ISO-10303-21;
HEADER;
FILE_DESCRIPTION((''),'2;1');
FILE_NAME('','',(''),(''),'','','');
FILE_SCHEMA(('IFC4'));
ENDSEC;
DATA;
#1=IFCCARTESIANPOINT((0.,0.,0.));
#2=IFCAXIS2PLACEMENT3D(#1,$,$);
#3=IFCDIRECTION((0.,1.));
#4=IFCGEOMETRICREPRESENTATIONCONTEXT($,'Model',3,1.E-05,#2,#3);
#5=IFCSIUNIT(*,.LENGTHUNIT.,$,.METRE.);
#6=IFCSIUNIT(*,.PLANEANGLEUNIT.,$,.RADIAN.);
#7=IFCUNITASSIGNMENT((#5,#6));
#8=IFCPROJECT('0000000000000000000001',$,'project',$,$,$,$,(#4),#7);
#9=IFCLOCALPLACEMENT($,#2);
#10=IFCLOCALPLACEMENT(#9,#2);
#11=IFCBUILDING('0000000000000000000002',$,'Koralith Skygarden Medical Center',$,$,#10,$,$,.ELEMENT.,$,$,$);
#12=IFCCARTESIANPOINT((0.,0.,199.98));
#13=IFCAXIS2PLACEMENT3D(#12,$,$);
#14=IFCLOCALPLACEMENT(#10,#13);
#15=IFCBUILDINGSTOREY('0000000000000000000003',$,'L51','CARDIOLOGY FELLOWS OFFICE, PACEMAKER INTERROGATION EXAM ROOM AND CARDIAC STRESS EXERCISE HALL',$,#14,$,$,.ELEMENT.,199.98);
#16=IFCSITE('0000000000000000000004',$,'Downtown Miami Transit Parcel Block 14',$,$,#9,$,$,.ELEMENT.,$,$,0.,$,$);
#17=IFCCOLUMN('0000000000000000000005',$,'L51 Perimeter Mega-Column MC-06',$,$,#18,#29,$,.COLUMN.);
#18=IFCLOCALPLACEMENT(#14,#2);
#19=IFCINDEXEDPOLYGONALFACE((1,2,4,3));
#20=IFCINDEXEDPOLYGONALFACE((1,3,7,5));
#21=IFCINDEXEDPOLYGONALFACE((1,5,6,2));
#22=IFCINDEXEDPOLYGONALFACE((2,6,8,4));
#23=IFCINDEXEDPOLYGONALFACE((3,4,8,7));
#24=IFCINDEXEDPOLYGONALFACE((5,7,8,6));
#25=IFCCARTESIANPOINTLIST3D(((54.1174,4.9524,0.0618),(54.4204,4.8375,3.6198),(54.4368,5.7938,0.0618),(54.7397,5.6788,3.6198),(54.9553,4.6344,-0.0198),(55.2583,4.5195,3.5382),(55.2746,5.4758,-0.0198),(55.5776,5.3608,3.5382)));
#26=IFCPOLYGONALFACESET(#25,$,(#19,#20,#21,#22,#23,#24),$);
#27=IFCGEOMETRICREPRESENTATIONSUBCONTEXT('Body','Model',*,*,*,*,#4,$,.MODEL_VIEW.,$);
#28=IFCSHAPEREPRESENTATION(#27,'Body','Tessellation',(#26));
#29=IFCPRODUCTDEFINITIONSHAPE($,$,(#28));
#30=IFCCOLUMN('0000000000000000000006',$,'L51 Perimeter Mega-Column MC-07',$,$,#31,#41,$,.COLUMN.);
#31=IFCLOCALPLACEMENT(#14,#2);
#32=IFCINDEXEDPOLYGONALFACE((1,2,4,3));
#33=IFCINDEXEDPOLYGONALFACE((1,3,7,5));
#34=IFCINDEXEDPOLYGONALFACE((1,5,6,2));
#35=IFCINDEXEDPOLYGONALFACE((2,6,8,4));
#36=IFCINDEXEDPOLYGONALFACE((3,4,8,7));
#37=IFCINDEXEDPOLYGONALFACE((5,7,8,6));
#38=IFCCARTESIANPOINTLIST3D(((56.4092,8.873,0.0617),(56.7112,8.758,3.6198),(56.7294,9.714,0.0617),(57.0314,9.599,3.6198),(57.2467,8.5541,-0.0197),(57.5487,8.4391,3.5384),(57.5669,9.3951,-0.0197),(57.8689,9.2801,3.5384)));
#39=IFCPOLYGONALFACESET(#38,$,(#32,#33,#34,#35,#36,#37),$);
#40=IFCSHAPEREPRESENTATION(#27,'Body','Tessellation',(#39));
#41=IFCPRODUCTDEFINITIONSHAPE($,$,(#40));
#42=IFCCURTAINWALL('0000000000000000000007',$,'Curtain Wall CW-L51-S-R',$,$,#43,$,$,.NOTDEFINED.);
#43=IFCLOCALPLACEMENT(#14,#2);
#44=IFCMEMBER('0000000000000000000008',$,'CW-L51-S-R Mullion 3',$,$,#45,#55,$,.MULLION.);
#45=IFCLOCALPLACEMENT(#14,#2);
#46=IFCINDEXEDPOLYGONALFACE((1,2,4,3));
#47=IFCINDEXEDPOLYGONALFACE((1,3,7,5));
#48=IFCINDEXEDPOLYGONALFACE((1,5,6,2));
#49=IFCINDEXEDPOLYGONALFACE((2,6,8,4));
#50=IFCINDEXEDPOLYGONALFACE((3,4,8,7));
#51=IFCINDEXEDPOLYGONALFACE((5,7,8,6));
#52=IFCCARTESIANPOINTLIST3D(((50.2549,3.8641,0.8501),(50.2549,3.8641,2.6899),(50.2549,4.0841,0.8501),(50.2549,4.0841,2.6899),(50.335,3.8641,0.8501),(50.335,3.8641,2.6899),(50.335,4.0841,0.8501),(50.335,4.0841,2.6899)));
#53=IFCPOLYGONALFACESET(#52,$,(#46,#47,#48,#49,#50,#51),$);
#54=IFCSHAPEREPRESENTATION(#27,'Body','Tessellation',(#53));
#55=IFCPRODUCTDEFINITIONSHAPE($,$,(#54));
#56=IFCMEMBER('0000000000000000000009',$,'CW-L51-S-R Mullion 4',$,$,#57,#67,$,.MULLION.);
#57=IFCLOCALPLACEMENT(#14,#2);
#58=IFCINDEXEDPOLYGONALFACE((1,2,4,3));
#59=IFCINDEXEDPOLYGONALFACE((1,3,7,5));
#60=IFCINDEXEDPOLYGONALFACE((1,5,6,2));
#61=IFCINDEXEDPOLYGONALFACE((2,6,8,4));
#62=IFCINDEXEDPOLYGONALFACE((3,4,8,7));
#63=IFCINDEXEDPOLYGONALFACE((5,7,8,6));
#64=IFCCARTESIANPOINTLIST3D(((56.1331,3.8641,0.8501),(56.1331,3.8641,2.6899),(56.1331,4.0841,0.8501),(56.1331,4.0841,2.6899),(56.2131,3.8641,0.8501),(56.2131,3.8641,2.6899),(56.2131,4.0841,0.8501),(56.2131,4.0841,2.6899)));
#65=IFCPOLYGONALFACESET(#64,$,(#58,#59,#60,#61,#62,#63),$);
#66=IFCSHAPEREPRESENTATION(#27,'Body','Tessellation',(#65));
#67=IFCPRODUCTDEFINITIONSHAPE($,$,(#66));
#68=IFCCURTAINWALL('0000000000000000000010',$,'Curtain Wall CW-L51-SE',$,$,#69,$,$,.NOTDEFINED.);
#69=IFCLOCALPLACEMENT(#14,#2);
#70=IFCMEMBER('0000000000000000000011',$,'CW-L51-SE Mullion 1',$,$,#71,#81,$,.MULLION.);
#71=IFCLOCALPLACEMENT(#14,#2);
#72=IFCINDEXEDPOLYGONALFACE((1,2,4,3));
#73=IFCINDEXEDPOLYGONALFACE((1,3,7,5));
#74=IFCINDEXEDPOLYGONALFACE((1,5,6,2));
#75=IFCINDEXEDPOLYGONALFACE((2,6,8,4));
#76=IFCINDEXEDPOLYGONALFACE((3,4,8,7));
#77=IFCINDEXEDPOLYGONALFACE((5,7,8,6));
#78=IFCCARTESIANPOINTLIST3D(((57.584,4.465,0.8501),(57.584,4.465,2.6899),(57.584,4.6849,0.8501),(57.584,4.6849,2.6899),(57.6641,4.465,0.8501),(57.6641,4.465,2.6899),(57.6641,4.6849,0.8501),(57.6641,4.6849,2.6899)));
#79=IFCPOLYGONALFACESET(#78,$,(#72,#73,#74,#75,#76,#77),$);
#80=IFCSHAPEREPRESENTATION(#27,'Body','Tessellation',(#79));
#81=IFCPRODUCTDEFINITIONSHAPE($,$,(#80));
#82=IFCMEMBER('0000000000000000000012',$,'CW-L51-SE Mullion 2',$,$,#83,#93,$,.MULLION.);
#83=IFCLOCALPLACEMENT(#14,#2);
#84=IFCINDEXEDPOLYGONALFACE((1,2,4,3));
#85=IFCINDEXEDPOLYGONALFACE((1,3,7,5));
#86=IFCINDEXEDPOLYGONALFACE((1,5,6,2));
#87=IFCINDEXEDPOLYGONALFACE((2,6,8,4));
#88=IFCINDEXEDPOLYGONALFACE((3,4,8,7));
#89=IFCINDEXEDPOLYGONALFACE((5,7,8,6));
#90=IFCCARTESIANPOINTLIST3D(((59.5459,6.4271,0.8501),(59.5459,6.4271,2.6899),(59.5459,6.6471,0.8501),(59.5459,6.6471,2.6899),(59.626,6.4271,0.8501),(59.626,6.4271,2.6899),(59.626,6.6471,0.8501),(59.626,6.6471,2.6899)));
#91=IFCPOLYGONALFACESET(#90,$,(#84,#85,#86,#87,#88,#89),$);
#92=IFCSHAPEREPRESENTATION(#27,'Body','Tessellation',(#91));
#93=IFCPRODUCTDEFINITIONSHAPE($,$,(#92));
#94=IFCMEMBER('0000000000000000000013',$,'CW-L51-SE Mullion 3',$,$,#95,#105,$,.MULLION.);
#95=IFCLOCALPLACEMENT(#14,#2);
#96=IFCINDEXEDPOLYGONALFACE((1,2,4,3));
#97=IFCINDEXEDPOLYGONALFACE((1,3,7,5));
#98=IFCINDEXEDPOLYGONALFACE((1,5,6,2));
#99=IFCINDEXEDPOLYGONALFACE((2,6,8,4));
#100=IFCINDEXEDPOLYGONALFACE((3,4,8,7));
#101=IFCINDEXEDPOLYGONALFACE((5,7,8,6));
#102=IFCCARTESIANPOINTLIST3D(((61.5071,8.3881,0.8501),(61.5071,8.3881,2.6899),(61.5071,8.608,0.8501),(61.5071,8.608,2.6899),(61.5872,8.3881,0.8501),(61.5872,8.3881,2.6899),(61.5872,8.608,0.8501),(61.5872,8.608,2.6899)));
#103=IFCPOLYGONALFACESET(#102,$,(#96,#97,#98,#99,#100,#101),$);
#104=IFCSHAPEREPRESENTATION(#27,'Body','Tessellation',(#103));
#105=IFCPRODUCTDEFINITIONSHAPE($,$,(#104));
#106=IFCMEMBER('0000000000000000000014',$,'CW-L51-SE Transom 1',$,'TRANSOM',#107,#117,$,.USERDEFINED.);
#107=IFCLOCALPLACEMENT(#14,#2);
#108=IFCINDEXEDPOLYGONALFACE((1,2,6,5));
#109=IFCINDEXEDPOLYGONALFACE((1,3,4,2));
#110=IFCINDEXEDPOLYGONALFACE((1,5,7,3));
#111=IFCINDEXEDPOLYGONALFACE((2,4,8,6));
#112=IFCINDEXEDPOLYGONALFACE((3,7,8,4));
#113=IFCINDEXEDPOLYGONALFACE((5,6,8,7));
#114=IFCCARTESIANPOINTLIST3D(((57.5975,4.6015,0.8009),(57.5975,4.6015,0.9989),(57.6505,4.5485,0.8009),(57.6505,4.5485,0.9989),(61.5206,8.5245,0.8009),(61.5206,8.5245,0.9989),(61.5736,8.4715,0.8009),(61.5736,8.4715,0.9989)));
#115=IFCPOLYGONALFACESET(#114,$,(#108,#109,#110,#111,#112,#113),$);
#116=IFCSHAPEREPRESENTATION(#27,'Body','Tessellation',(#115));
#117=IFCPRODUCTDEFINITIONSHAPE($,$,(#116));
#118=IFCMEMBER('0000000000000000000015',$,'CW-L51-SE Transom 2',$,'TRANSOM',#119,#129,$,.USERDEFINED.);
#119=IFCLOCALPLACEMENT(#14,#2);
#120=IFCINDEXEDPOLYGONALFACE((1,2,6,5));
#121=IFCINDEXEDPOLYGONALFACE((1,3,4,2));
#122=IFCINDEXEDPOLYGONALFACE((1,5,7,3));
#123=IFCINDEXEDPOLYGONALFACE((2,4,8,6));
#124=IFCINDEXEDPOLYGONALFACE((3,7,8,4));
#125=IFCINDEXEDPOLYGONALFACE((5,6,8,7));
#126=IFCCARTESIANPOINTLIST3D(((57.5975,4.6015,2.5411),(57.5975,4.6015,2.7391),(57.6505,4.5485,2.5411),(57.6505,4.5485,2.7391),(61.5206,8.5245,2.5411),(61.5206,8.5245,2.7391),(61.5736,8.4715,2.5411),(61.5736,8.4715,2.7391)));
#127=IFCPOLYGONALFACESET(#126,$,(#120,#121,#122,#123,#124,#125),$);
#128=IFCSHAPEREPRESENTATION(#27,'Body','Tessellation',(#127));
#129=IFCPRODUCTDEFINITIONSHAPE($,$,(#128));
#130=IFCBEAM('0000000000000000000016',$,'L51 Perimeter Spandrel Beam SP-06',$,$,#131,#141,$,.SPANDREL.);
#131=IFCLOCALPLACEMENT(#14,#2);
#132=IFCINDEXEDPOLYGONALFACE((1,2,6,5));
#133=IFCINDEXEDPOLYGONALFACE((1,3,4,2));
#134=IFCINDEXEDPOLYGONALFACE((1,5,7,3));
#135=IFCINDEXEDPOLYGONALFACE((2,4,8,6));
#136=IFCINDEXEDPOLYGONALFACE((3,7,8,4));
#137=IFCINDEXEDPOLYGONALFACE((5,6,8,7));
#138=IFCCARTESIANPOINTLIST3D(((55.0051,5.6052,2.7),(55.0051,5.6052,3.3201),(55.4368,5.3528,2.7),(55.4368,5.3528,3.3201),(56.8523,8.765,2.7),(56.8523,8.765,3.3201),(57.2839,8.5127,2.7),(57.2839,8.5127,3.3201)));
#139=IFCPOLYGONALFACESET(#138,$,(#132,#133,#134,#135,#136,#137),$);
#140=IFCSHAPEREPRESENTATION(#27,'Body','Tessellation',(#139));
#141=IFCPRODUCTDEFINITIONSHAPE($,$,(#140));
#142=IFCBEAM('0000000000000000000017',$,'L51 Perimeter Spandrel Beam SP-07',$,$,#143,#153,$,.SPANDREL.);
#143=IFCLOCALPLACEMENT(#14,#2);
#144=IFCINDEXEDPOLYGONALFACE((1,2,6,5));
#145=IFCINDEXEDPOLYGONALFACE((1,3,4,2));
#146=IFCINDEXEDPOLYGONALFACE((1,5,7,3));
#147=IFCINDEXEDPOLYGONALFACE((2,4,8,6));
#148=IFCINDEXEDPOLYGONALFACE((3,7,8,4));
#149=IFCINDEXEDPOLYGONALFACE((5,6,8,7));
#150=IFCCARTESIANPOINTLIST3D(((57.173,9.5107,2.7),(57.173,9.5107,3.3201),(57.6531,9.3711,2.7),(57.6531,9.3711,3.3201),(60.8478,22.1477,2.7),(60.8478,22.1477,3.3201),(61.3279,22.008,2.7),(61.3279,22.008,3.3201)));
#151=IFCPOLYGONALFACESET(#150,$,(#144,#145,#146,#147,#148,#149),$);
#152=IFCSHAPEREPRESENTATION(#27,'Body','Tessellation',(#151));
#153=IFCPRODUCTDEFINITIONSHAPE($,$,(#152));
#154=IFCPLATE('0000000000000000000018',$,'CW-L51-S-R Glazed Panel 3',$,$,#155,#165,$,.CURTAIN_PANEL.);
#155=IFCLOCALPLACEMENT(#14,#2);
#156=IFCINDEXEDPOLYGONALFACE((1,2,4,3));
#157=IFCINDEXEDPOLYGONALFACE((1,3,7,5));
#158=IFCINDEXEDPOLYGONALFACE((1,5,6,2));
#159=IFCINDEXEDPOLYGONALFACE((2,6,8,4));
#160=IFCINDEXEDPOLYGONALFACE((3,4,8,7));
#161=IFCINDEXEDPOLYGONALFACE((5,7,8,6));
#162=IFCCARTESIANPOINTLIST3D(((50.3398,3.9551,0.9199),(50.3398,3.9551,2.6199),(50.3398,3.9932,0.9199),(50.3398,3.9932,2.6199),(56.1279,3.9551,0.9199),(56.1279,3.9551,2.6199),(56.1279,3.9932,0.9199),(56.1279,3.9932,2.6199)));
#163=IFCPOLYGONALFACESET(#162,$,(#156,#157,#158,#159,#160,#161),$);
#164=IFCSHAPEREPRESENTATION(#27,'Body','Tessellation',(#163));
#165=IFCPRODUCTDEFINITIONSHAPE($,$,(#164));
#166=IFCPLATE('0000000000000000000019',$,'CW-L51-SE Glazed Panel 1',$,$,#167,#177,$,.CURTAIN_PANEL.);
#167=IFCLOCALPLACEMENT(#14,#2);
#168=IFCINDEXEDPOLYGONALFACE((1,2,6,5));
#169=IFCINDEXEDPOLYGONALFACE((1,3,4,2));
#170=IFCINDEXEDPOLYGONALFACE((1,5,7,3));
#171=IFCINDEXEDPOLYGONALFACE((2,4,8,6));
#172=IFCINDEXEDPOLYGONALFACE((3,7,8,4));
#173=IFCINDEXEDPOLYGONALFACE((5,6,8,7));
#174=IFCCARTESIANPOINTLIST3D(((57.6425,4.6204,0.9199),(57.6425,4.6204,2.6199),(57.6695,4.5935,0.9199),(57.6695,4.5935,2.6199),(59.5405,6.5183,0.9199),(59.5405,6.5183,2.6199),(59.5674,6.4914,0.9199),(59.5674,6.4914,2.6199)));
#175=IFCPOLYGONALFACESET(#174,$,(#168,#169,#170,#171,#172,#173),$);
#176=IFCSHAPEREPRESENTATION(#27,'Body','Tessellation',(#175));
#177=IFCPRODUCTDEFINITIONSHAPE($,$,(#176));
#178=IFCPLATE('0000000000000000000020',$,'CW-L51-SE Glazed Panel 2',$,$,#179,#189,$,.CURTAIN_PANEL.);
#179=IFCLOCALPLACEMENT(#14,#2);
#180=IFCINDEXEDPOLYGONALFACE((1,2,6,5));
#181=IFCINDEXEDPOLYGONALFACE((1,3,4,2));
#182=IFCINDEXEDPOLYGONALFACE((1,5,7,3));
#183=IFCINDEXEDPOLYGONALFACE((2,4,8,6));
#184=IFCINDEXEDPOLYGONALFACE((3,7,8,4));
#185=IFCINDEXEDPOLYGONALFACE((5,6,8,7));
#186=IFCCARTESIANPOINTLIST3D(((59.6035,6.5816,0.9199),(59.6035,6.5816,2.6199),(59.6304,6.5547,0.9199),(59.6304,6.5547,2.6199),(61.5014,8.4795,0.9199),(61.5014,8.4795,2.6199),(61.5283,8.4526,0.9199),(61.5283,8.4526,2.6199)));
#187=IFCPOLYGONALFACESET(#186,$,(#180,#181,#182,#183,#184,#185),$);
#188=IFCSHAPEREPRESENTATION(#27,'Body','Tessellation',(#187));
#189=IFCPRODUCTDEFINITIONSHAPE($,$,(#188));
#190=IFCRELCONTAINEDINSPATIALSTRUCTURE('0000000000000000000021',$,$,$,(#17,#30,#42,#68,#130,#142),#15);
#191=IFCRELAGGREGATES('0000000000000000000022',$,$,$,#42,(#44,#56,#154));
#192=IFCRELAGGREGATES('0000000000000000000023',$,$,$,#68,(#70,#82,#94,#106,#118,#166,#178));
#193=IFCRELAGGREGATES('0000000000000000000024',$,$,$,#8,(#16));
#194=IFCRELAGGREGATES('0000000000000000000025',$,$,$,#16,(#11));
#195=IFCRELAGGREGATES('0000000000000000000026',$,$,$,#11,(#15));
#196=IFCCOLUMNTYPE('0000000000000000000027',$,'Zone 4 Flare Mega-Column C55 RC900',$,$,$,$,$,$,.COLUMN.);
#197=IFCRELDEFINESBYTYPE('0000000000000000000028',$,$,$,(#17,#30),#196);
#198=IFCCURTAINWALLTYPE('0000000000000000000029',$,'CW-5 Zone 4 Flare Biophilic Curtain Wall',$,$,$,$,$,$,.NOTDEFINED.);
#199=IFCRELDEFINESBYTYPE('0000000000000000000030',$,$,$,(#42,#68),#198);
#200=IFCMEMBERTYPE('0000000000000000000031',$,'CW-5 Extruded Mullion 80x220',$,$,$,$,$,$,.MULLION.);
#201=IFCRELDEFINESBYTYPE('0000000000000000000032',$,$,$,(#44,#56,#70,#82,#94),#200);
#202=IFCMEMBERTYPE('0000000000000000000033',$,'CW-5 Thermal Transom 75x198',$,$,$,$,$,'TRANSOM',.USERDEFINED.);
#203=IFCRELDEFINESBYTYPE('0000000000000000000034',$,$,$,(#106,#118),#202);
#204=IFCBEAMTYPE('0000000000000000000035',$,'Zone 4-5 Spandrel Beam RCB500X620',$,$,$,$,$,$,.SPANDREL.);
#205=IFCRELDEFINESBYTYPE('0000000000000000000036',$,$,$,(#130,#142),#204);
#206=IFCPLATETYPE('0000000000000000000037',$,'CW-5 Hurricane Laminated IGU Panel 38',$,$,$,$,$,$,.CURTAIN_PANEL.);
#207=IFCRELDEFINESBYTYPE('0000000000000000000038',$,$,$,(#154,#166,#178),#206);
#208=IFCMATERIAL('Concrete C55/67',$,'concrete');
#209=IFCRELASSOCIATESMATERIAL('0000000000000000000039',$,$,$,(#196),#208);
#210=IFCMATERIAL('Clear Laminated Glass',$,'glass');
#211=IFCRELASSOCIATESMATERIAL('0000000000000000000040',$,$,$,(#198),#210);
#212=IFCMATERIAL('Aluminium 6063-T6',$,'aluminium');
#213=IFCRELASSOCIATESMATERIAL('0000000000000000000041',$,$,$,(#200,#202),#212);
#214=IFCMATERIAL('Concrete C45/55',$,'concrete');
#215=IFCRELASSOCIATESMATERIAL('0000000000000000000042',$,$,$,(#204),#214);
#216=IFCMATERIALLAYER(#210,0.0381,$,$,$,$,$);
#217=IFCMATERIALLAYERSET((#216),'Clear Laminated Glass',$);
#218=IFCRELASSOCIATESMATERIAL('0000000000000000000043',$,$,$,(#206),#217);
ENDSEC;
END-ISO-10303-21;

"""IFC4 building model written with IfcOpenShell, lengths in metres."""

from ifc_helpers import new_model, si_unit, direction, frame, origin, origin_2d, place, context, subcontext, project, spatial, rectangle, extrude, material, layer, layer_set, material_profile, profile_set, type_object, element, aggregate, save


model = new_model("IFC4")

# Units and contexts
model_context = context("Model", 3, precision=1e-05, world=origin(), true_north=direction((0.0, 1.0)))
body_context = subcontext(model_context, "Body", "Model", "MODEL_VIEW")
ifc_project = project(units=[si_unit("LENGTHUNIT", "METRE"), si_unit("PLANEANGLEUNIT", "RADIAN")], contexts=[model_context])

# Site, building, storey
site_placement = place(None, origin())
site = spatial("IfcSite", under=ifc_project, at=site_placement, Name="Downtown Miami Transit Parcel Block 14", CompositionType="ELEMENT", RefElevation=0.0)
building_placement = place(site_placement, origin())
building = spatial("IfcBuilding", under=site, at=building_placement, Name="Koralith Skygarden Medical Center", CompositionType="ELEMENT")
storey_placement = place(building_placement, frame((0.0, 0.0, 199.98)))
storey = spatial("IfcBuildingStorey", under=building, at=storey_placement, Name="L51", Description="CARDIOLOGY FELLOWS OFFICE, PACEMAKER INTERROGATION EXAM ROOM AND CARDIAC STRESS EXERCISE HALL", CompositionType="ELEMENT", Elevation=199.98)

# Columns
ifc_material_1 = material(Name="Concrete C55/67", Category="concrete")
ifc_material_profile_1 = material_profile(ifc_material_1, rectangle(XDim=0.8999, YDim=0.8999, at=origin_2d()), Name="RC900X900")
ifc_profile_set_1 = profile_set([ifc_material_profile_1], Name="Concrete C55/67")
column_type = type_object("IfcColumnType", Name="Zone 4 Flare Mega-Column C55 RC900", PredefinedType="COLUMN", material=ifc_profile_set_1)
for number, where, z_axis, x_axis, name in (
    (1, (54.696, 5.2141, 0.021), (0.084801, -0.032185, 0.995878), (0.354836, 0.934929, 0.0), "L51 Perimeter Mega-Column MC-06"),
    (2, (56.988, 9.134, 0.021), (0.084529, -0.032185, 0.995901), (0.355838, 0.934548, 0.0), "L51 Perimeter Mega-Column MC-07"),
):
    element("IfcColumn", number, at=place(storey_placement, frame(where, z_axis=z_axis, x_axis=x_axis)), inside=storey, type_object=column_type, Name=name, PredefinedType="COLUMN", context=body_context, shape_type="SweptSolid", body=[
        extrude(rectangle(XDim=0.8999, YDim=0.8999, at=origin_2d()), origin(), (0.0, 0.0, 1.0), 3.5728),
    ])

# Curtain walls, members
ifc_material_2 = material(Name="Clear Laminated Glass", Category="glass")
curtain_wall_type = type_object("IfcCurtainWallType", Name="CW-5 Zone 4 Flare Biophilic Curtain Wall", PredefinedType="NOTDEFINED", material=ifc_material_2)
curtain_wall_1_placement = place(storey_placement, origin())
curtain_wall_1 = element("IfcCurtainWall", 3, at=curtain_wall_1_placement, inside=storey, type_object=curtain_wall_type, Name="Curtain Wall CW-L51-S-R", PredefinedType="NOTDEFINED")
ifc_material_3 = material(Name="Aluminium 6063-T6", Category="aluminium")
ifc_material_profile_2 = material_profile(ifc_material_3, rectangle(XDim=0.0801, YDim=0.22, at=origin_2d()), Name="MUL80X220")
ifc_profile_set_2 = profile_set([ifc_material_profile_2], Name="Aluminium 6063-T6")
member_type_1 = type_object("IfcMemberType", Name="CW-5 Extruded Mullion 80x220", PredefinedType="MULLION", material=ifc_profile_set_2)
member_1_placement = place(storey_placement, frame((50.2949, 3.9741, 0.8501), z_axis=(0.0, 0.0, 1.0), x_axis=(1.0, 0.0, 0.0)))
member_1 = element("IfcMember", 4, at=member_1_placement, type_object=member_type_1, Name="CW-L51-S-R Mullion 3", PredefinedType="MULLION", context=body_context, shape_type="SweptSolid", body=[
    extrude(rectangle(XDim=0.0801, YDim=0.22, at=origin_2d()), origin(), (0.0, 0.0, 1.0), 1.8398),
])
member_2_placement = place(storey_placement, frame((56.1731, 3.9741, 0.8501), z_axis=(0.0, 0.0, 1.0), x_axis=(1.0, 0.0, 0.0)))
member_2 = element("IfcMember", 5, at=member_2_placement, type_object=member_type_1, Name="CW-L51-S-R Mullion 4", PredefinedType="MULLION", context=body_context, shape_type="SweptSolid", body=[
    extrude(rectangle(XDim=0.0801, YDim=0.22, at=origin_2d()), origin(), (0.0, 0.0, 1.0), 1.8398),
])
curtain_wall_2_placement = place(storey_placement, origin())
curtain_wall_2 = element("IfcCurtainWall", 6, at=curtain_wall_2_placement, inside=storey, type_object=curtain_wall_type, Name="Curtain Wall CW-L51-SE", PredefinedType="NOTDEFINED")
member_3_placement = place(storey_placement, frame((57.624, 4.575, 0.8501), z_axis=(0.0, 0.0, 1.0), x_axis=(1.0, 0.0, 0.0)))
member_3 = element("IfcMember", 7, at=member_3_placement, type_object=member_type_1, Name="CW-L51-SE Mullion 1", PredefinedType="MULLION", context=body_context, shape_type="SweptSolid", body=[
    extrude(rectangle(XDim=0.0801, YDim=0.22, at=origin_2d()), origin(), (0.0, 0.0, 1.0), 1.8398),
])
member_4_placement = place(storey_placement, frame((59.5859, 6.5371, 0.8501), z_axis=(0.0, 0.0, 1.0), x_axis=(1.0, 0.0, 0.0)))
member_4 = element("IfcMember", 8, at=member_4_placement, type_object=member_type_1, Name="CW-L51-SE Mullion 2", PredefinedType="MULLION", context=body_context, shape_type="SweptSolid", body=[
    extrude(rectangle(XDim=0.0801, YDim=0.22, at=origin_2d()), origin(), (0.0, 0.0, 1.0), 1.8398),
])
member_5_placement = place(storey_placement, frame((61.5471, 8.498, 0.8501), z_axis=(0.0, 0.0, 1.0), x_axis=(1.0, 0.0, 0.0)))
member_5 = element("IfcMember", 9, at=member_5_placement, type_object=member_type_1, Name="CW-L51-SE Mullion 3", PredefinedType="MULLION", context=body_context, shape_type="SweptSolid", body=[
    extrude(rectangle(XDim=0.0801, YDim=0.22, at=origin_2d()), origin(), (0.0, 0.0, 1.0), 1.8398),
])
ifc_material_profile_3 = material_profile(ifc_material_3, rectangle(XDim=0.075, YDim=0.198, at=origin_2d()), Name="TRN75X198")
ifc_profile_set_3 = profile_set([ifc_material_profile_3], Name="Aluminium 6063-T6")
member_type_2 = type_object("IfcMemberType", Name="CW-5 Thermal Transom 75x198", ElementType="TRANSOM", PredefinedType="USERDEFINED", material=ifc_profile_set_3)
member_6_placement = place(storey_placement, frame((57.624, 4.575, 0.8999), z_axis=(0.707107, 0.707107, 0.0), x_axis=(-0.707107, 0.707107, 0.0)))
member_6 = element("IfcMember", 10, at=member_6_placement, type_object=member_type_2, Name="CW-L51-SE Transom 1", ObjectType="TRANSOM", PredefinedType="USERDEFINED", context=body_context, shape_type="SweptSolid", body=[
    extrude(rectangle(XDim=0.075, YDim=0.198, at=origin_2d()), origin(), (0.0, 0.0, 1.0), 5.5481),
])
member_7_placement = place(storey_placement, frame((57.624, 4.575, 2.6401), z_axis=(0.707107, 0.707107, 0.0), x_axis=(-0.707107, 0.707107, 0.0)))
member_7 = element("IfcMember", 11, at=member_7_placement, type_object=member_type_2, Name="CW-L51-SE Transom 2", ObjectType="TRANSOM", PredefinedType="USERDEFINED", context=body_context, shape_type="SweptSolid", body=[
    extrude(rectangle(XDim=0.075, YDim=0.198, at=origin_2d()), origin(), (0.0, 0.0, 1.0), 5.5481),
])

# Beams
ifc_material_4 = material(Name="Concrete C45/55", Category="concrete")
ifc_material_profile_4 = material_profile(ifc_material_4, rectangle(XDim=0.5, YDim=0.6201, at=origin_2d()), Name="RCB500X620")
ifc_profile_set_4 = profile_set([ifc_material_profile_4], Name="Concrete C45/55")
beam_type = type_object("IfcBeamType", Name="Zone 4-5 Spandrel Beam RCB500X620", PredefinedType="SPANDREL", material=ifc_profile_set_4)
beam_1_placement = place(storey_placement, frame((55.2209, 5.479, 3.01), z_axis=(0.504663, 0.863316, 0.0), x_axis=(-0.863316, 0.504663, 0.0)))
element("IfcBeam", 12, at=beam_1_placement, inside=storey, type_object=beam_type, Name="L51 Perimeter Spandrel Beam SP-06", PredefinedType="SPANDREL", context=body_context, shape_type="SweptSolid", body=[
    extrude(rectangle(XDim=0.5, YDim=0.6201, at=origin_2d()), origin(), (0.0, 0.0, 1.0), 3.6602),
])
beam_2_placement = place(storey_placement, frame((57.4131, 9.4409, 3.01), z_axis=(0.279231, 0.960224, 0.0), x_axis=(-0.960224, 0.279231, 0.0)))
element("IfcBeam", 13, at=beam_2_placement, inside=storey, type_object=beam_type, Name="L51 Perimeter Spandrel Beam SP-07", PredefinedType="SPANDREL", context=body_context, shape_type="SweptSolid", body=[
    extrude(rectangle(XDim=0.5, YDim=0.6201, at=origin_2d()), origin(), (0.0, 0.0, 1.0), 13.1604),
])

# Plates
ifc_layer_1 = layer(ifc_material_2, 0.0381)
ifc_layer_set_1 = layer_set([ifc_layer_1], Name="Clear Laminated Glass")
plate_type_1 = type_object("IfcPlateType", Name="CW-5 Hurricane Laminated IGU Panel 38", PredefinedType="CURTAIN_PANEL", material=ifc_layer_set_1)
plate_1_placement = place(storey_placement, frame((53.2339, 3.9741, 0.9199), z_axis=(0.0, 0.0, 1.0), x_axis=(1.0, 0.0, 0.0)))
plate_1 = element("IfcPlate", 14, at=plate_1_placement, type_object=plate_type_1, Name="CW-L51-S-R Glazed Panel 3", PredefinedType="CURTAIN_PANEL", context=body_context, shape_type="SweptSolid", body=[
    extrude(rectangle(XDim=5.7881, YDim=0.0381, at=origin_2d()), origin(), (0.0, 0.0, 1.0), 1.7),
])
aggregate(curtain_wall_1, [member_1, member_2, plate_1])
plate_2_placement = place(storey_placement, frame((58.605, 5.5559, 0.9199), z_axis=(0.0, 0.0, 1.0), x_axis=(0.707107, 0.707107, 0.0)))
plate_2 = element("IfcPlate", 15, at=plate_2_placement, type_object=plate_type_1, Name="CW-L51-SE Glazed Panel 1", PredefinedType="CURTAIN_PANEL", context=body_context, shape_type="SweptSolid", body=[
    extrude(rectangle(XDim=2.6841, YDim=0.0381, at=origin_2d()), origin(), (0.0, 0.0, 1.0), 1.7),
])
plate_3_placement = place(storey_placement, frame((60.5659, 7.5171, 0.9199), z_axis=(0.0, 0.0, 1.0), x_axis=(0.707107, 0.707107, 0.0)))
plate_3 = element("IfcPlate", 16, at=plate_3_placement, type_object=plate_type_1, Name="CW-L51-SE Glazed Panel 2", PredefinedType="CURTAIN_PANEL", context=body_context, shape_type="SweptSolid", body=[
    extrude(rectangle(XDim=2.6841, YDim=0.0381, at=origin_2d()), origin(), (0.0, 0.0, 1.0), 1.7),
])
aggregate(curtain_wall_2, [member_3, member_4, member_5, member_6, member_7, plate_2, plate_3])

save(model, "model.ifc")
